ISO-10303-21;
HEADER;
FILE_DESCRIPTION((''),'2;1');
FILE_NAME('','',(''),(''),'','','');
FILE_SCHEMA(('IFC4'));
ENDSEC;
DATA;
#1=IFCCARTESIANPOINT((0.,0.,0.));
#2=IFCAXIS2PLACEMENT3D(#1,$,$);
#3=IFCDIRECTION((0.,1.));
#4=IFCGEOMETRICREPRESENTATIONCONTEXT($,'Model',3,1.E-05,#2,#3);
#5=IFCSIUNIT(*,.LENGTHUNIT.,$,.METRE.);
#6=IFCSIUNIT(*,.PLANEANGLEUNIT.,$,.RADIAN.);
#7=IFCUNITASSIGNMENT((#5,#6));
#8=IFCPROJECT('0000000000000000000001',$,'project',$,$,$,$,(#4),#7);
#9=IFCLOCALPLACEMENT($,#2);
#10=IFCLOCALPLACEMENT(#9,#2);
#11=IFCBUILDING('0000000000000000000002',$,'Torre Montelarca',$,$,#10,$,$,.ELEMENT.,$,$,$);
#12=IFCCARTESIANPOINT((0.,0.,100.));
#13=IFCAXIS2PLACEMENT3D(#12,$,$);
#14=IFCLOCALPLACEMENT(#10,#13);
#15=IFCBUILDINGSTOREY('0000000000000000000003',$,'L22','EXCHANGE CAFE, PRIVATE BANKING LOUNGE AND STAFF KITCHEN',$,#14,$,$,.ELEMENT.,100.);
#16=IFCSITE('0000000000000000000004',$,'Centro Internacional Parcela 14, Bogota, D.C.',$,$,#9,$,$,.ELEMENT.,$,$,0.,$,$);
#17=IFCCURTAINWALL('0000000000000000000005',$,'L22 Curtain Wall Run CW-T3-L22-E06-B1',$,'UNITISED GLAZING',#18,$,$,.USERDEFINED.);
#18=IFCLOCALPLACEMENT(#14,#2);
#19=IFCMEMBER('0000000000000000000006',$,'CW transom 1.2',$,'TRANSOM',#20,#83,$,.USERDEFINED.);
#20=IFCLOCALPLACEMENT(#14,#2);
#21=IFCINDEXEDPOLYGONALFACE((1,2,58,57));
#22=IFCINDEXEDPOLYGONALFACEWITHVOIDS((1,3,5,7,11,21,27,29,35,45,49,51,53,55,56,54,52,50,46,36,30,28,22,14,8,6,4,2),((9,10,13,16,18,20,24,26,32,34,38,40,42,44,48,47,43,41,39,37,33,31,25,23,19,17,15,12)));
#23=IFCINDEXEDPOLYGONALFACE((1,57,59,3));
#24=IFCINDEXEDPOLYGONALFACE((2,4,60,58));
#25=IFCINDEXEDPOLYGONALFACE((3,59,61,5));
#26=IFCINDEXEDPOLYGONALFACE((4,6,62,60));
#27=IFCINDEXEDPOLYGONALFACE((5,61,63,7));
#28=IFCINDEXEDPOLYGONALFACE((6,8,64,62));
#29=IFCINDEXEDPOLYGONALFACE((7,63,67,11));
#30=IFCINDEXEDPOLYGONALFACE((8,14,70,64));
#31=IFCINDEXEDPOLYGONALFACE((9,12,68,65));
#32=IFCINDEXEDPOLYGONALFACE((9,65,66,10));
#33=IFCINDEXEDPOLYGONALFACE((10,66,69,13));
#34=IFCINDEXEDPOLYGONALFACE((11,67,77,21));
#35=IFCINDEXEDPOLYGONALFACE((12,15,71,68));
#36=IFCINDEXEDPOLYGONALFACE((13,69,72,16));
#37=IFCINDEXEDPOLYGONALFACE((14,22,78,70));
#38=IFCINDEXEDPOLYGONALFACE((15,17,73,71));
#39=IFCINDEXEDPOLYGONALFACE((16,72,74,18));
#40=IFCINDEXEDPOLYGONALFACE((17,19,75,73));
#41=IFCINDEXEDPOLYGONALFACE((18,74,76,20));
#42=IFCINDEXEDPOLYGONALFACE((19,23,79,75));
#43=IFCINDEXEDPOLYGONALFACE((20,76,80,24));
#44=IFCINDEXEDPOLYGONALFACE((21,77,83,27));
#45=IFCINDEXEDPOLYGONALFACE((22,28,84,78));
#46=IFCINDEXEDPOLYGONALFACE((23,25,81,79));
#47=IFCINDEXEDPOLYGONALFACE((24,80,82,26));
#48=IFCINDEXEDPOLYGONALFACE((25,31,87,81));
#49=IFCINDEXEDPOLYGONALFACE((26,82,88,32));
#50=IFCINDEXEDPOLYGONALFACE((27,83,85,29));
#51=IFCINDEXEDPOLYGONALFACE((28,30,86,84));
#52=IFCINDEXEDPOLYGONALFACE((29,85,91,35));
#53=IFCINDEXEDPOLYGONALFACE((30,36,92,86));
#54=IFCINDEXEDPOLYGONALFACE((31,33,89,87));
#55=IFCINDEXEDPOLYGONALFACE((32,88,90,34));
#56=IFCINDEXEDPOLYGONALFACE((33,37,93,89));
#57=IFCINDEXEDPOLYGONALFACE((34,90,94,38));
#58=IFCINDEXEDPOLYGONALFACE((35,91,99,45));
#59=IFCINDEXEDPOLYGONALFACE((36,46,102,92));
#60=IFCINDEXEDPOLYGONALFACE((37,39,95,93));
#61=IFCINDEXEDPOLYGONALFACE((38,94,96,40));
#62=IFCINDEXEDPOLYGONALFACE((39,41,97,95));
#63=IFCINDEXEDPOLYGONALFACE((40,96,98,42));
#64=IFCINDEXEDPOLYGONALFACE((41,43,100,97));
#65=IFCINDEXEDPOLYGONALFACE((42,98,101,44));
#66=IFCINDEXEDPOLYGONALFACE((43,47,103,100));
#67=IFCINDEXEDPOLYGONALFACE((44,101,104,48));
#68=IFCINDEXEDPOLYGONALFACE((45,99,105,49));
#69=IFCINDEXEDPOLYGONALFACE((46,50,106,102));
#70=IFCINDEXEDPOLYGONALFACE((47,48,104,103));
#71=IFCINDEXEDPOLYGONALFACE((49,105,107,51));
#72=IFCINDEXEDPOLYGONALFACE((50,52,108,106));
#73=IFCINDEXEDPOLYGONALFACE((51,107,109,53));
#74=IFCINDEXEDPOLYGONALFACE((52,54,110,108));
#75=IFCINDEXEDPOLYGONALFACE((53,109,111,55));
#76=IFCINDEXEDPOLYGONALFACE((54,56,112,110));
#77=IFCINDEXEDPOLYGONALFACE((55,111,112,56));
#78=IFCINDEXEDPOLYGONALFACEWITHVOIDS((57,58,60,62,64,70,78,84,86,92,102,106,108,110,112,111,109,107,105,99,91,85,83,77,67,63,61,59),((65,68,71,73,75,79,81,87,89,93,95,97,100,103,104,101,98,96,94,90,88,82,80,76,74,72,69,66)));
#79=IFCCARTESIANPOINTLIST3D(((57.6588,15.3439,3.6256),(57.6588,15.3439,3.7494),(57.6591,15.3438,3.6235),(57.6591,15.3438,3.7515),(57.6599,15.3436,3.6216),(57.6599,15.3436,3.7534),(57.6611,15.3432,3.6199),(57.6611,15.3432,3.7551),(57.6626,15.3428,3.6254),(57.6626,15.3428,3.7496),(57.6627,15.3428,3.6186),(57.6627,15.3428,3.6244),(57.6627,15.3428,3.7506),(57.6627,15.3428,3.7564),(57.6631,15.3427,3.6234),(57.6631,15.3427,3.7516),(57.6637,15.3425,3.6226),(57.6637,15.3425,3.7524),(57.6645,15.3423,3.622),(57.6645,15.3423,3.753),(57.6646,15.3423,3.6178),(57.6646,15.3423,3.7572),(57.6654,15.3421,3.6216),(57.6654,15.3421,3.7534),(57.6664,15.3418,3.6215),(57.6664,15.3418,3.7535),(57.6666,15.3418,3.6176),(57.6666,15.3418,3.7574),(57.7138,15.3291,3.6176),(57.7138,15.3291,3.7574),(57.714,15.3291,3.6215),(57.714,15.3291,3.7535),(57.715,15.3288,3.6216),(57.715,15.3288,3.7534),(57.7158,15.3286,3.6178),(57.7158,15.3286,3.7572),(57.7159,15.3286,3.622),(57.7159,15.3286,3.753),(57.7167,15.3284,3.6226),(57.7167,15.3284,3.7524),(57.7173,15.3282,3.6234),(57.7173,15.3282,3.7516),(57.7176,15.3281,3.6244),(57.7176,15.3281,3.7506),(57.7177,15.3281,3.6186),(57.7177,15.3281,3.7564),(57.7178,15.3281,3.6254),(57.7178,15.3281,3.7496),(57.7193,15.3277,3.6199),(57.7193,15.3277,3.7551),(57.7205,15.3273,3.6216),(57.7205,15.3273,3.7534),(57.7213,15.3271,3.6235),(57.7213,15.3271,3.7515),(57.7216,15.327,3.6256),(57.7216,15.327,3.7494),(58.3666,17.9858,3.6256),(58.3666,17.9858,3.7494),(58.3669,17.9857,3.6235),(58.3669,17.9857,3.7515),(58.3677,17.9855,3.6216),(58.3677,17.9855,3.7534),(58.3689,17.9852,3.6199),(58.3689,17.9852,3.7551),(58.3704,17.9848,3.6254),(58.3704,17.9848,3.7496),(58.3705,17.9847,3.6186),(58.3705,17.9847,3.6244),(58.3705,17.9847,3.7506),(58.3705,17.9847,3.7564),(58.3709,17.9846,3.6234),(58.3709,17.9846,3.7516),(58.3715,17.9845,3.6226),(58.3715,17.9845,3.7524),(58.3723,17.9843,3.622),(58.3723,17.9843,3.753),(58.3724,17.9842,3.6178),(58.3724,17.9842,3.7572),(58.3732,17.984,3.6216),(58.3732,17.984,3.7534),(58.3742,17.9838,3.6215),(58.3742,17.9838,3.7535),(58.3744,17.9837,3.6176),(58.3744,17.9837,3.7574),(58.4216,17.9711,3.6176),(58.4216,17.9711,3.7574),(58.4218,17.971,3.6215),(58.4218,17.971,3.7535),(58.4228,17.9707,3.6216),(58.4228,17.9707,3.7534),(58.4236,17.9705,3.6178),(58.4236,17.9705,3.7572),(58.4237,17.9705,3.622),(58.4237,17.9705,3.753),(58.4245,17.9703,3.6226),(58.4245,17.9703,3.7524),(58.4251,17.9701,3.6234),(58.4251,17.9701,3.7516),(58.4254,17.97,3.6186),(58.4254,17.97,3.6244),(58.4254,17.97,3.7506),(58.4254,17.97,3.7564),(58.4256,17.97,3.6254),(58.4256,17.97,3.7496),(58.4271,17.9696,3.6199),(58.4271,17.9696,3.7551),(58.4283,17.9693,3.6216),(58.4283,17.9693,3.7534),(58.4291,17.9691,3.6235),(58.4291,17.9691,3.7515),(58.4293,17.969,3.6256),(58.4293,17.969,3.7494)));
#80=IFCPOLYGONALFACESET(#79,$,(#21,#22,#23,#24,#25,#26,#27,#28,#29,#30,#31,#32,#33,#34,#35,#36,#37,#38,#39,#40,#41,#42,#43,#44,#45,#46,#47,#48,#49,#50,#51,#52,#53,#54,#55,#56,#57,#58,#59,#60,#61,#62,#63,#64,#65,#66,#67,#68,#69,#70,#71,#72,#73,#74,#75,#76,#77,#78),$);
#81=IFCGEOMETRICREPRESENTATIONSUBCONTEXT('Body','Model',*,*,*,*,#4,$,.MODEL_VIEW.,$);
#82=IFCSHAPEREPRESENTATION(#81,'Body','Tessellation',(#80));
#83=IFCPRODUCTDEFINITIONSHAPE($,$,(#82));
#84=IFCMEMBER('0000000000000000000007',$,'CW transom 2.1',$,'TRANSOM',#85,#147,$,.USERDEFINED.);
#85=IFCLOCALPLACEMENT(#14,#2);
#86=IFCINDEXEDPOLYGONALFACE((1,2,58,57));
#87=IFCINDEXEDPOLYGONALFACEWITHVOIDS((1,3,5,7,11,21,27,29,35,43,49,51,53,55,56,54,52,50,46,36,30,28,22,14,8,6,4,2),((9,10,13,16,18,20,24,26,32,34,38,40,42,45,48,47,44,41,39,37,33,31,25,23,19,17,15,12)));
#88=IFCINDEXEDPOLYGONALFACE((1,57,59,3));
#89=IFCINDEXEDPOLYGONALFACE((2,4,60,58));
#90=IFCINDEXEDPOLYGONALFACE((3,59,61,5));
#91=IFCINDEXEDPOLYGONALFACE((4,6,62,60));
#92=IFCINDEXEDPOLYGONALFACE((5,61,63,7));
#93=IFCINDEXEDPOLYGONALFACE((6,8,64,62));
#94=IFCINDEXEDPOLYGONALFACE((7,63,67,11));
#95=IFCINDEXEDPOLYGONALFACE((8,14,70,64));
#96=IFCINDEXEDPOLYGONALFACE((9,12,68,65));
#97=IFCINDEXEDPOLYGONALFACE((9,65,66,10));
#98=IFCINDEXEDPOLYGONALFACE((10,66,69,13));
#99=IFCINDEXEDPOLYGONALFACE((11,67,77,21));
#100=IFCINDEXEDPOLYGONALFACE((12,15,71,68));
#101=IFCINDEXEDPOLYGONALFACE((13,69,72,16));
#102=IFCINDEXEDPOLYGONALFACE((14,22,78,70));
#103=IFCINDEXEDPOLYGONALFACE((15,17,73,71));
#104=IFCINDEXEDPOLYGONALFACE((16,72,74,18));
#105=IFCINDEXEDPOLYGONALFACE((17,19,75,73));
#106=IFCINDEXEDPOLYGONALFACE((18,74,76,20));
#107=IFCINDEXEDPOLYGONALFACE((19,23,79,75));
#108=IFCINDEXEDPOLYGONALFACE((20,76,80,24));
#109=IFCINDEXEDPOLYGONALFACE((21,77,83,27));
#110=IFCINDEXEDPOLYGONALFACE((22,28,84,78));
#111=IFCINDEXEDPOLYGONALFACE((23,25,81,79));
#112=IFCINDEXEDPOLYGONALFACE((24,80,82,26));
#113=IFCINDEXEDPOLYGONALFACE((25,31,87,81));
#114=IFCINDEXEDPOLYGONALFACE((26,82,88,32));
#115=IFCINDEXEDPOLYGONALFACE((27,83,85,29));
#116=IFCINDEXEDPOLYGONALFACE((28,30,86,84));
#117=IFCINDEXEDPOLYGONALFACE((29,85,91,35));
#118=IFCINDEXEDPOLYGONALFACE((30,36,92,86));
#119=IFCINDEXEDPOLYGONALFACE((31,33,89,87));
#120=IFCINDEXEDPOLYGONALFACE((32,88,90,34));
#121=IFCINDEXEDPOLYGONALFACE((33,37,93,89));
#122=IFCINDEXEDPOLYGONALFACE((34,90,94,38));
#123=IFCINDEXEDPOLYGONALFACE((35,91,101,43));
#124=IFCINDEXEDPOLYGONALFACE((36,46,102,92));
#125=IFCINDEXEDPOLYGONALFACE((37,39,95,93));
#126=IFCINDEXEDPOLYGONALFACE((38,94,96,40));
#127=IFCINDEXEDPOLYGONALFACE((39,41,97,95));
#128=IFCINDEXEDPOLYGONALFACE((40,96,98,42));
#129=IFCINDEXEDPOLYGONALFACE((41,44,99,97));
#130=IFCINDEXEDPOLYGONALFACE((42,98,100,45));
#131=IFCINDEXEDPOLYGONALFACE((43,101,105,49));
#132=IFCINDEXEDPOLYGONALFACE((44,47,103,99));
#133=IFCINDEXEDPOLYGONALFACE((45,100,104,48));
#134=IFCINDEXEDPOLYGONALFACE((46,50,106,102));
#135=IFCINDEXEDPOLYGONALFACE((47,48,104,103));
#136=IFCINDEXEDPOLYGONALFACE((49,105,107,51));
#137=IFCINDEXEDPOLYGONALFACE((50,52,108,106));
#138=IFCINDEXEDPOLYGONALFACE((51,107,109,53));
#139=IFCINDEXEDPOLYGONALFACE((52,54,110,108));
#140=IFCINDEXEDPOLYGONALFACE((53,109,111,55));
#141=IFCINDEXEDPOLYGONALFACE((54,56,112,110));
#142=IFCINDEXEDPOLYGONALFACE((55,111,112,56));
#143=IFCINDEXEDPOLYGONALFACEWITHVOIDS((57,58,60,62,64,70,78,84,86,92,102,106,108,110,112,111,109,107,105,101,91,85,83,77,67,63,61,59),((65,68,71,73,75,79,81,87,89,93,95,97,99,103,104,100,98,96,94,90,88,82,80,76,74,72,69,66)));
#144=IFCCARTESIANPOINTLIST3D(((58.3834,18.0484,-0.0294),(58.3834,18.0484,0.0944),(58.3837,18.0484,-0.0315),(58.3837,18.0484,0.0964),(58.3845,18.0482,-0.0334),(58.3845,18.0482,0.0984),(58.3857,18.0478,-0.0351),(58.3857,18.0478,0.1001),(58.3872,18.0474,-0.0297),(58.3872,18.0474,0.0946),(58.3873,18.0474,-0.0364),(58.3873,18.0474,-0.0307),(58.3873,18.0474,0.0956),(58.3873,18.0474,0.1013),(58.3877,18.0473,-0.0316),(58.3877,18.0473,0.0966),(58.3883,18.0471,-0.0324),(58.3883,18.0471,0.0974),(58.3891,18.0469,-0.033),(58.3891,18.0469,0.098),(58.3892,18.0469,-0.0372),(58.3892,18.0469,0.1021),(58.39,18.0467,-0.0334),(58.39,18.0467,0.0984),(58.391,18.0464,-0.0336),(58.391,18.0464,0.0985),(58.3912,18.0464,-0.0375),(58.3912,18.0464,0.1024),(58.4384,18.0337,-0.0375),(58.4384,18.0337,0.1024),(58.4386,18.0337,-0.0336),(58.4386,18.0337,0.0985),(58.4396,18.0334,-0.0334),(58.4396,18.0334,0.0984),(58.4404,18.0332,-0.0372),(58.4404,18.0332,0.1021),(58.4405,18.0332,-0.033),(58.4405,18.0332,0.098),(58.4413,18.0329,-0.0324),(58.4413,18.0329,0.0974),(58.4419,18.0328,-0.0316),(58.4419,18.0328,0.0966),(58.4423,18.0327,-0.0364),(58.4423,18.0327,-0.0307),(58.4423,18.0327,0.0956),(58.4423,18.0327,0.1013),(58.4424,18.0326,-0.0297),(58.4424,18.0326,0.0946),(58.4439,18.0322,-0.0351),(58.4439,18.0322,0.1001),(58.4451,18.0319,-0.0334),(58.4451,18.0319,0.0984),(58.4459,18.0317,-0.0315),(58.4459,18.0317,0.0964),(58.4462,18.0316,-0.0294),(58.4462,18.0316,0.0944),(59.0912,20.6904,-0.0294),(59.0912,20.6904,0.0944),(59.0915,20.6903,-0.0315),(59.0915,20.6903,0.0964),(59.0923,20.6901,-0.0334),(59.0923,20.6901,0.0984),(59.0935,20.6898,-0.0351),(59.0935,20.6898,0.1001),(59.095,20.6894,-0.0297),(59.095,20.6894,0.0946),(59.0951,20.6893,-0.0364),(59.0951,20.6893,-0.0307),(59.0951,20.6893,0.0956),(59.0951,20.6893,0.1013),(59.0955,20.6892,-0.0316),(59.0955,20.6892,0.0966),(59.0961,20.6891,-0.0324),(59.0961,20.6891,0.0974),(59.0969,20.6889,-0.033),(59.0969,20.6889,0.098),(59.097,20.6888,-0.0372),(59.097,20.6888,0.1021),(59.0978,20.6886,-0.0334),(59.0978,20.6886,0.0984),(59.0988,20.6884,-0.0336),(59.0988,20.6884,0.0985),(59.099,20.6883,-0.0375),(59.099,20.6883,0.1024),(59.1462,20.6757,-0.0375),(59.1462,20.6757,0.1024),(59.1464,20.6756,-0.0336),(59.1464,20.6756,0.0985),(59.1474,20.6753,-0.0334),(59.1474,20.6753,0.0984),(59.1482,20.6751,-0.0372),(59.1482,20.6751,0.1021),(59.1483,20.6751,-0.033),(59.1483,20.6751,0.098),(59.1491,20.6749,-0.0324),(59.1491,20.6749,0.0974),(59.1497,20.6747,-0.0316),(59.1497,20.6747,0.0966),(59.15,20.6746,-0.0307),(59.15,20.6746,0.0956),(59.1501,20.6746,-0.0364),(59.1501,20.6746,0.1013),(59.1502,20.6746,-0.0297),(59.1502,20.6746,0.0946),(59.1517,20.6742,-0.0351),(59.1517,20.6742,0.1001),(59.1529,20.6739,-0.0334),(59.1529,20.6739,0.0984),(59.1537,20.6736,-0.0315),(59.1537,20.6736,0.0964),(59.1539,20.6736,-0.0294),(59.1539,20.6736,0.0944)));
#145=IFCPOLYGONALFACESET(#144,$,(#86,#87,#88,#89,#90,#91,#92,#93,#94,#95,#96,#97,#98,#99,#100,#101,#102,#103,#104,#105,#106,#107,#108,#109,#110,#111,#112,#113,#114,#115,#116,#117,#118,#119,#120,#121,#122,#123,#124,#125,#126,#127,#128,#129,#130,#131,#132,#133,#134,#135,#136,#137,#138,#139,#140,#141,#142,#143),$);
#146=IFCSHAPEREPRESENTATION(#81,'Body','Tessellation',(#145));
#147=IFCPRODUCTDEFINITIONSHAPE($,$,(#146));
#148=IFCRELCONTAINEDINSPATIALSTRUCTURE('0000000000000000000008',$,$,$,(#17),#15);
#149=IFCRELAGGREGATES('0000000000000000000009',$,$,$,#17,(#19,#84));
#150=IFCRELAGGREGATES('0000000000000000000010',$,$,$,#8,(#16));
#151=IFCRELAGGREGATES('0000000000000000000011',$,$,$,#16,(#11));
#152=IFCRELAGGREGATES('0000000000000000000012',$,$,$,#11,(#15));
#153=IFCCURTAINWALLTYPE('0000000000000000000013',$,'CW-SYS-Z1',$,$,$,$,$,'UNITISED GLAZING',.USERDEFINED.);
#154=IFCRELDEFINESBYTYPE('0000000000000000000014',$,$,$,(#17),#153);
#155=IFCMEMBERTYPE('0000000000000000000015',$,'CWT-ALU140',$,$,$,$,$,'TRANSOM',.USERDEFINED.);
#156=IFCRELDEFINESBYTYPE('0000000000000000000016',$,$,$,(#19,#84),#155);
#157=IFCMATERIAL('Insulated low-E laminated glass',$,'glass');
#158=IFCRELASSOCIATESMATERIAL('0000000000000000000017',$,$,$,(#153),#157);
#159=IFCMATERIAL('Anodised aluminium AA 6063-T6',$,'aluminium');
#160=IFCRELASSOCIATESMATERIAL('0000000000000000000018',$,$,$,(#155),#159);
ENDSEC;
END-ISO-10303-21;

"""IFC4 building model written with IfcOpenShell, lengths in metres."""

from ifc_helpers import new_model, si_unit, direction, frame, origin, origin_2d, place, context, subcontext, project, spatial, hollow_rectangle, extrude, source, transform, mapped, material, material_profile, profile_set, type_object, element, aggregate, save


model = new_model("IFC4")

# Units and contexts
model_context = context("Model", 3, precision=1e-05, world=origin(), true_north=direction((0.0, 1.0)))
body_context = subcontext(model_context, "Body", "Model", "MODEL_VIEW")
ifc_project = project(units=[si_unit("LENGTHUNIT", "METRE"), si_unit("PLANEANGLEUNIT", "RADIAN")], contexts=[model_context])

# Site, building, storey
site_placement = place(None, origin())
site = spatial("IfcSite", under=ifc_project, at=site_placement, Name="Centro Internacional Parcela 14, Bogota, D.C.", CompositionType="ELEMENT", RefElevation=0.0)
building_placement = place(site_placement, origin())
building = spatial("IfcBuilding", under=site, at=building_placement, Name="Torre Montelarca", CompositionType="ELEMENT")
storey_placement = place(building_placement, frame((0.0, 0.0, 100.0)))
storey = spatial("IfcBuildingStorey", under=building, at=storey_placement, Name="L22", Description="EXCHANGE CAFE, PRIVATE BANKING LOUNGE AND STAFF KITCHEN", CompositionType="ELEMENT", Elevation=100.0)

# Curtain wall, members
ifc_material_1 = material(Name="Insulated low-E laminated glass", Category="glass")
curtain_wall_type = type_object("IfcCurtainWallType", Name="CW-SYS-Z1", ElementType="UNITISED GLAZING", PredefinedType="USERDEFINED", material=ifc_material_1)
ifc_material_2 = material(Name="Anodised aluminium AA 6063-T6", Category="aluminium")
ifc_material_profile_1 = material_profile(ifc_material_2, hollow_rectangle(XDim=0.0649, YDim=0.1399, WallThickness=0.0039, InnerFilletRadius=0.0039, OuterFilletRadius=0.0081, at=origin_2d()), Name="ALU65X140X4", Category="aluminium")
ifc_profile_set_1 = profile_set([ifc_material_profile_1], Name="Anodised aluminium AA 6063-T6")
member_type_1 = type_object("IfcMemberType", Name="CWT-ALU140", ElementType="TRANSOM", PredefinedType="USERDEFINED", material=ifc_profile_set_1)
curtain_wall_1_placement = place(storey_placement, origin())
curtain_wall_1 = element("IfcCurtainWall", 1, at=curtain_wall_1_placement, inside=storey, type_object=curtain_wall_type, Name="L22 Curtain Wall Run CW-T3-L22-E06-B1", ObjectType="UNITISED GLAZING", PredefinedType="USERDEFINED")
shared_shape_1 = source(origin(), body_context, "Body", "SweptSolid", [
    extrude(hollow_rectangle(XDim=0.0649, YDim=0.1399, WallThickness=0.0039, InnerFilletRadius=0.0039, OuterFilletRadius=0.0081, at=origin_2d()), origin(), (0.0, 0.0, 1.0), 2.7351),
])
member_1_placement = place(storey_placement, frame((57.6902, 15.3354, 3.6875), z_axis=(0.258779, 0.965936, 0.0), x_axis=(-0.965936, 0.258779, 0.0)))
member_1 = element("IfcMember", 2, at=member_1_placement, type_object=member_type_1, Name="CW transom 1.2", ObjectType="TRANSOM", PredefinedType="USERDEFINED", context=body_context, shape_type="MappedRepresentation", body=[
    mapped(shared_shape_1, transform((0.0, 0.0, 0.0), scale=1.0)),
])
member_2_placement = place(storey_placement, frame((58.4148, 18.04, 0.0325), z_axis=(0.258779, 0.965936, 0.0), x_axis=(-0.965936, 0.258779, 0.0)))
member_2 = element("IfcMember", 3, at=member_2_placement, type_object=member_type_1, Name="CW transom 2.1", ObjectType="TRANSOM", PredefinedType="USERDEFINED", context=body_context, shape_type="MappedRepresentation", body=[
    mapped(shared_shape_1, transform((0.0, 0.0, 0.0), scale=1.0)),
])

aggregate(curtain_wall_1, [member_1, member_2])

save(model, "model.ifc")
